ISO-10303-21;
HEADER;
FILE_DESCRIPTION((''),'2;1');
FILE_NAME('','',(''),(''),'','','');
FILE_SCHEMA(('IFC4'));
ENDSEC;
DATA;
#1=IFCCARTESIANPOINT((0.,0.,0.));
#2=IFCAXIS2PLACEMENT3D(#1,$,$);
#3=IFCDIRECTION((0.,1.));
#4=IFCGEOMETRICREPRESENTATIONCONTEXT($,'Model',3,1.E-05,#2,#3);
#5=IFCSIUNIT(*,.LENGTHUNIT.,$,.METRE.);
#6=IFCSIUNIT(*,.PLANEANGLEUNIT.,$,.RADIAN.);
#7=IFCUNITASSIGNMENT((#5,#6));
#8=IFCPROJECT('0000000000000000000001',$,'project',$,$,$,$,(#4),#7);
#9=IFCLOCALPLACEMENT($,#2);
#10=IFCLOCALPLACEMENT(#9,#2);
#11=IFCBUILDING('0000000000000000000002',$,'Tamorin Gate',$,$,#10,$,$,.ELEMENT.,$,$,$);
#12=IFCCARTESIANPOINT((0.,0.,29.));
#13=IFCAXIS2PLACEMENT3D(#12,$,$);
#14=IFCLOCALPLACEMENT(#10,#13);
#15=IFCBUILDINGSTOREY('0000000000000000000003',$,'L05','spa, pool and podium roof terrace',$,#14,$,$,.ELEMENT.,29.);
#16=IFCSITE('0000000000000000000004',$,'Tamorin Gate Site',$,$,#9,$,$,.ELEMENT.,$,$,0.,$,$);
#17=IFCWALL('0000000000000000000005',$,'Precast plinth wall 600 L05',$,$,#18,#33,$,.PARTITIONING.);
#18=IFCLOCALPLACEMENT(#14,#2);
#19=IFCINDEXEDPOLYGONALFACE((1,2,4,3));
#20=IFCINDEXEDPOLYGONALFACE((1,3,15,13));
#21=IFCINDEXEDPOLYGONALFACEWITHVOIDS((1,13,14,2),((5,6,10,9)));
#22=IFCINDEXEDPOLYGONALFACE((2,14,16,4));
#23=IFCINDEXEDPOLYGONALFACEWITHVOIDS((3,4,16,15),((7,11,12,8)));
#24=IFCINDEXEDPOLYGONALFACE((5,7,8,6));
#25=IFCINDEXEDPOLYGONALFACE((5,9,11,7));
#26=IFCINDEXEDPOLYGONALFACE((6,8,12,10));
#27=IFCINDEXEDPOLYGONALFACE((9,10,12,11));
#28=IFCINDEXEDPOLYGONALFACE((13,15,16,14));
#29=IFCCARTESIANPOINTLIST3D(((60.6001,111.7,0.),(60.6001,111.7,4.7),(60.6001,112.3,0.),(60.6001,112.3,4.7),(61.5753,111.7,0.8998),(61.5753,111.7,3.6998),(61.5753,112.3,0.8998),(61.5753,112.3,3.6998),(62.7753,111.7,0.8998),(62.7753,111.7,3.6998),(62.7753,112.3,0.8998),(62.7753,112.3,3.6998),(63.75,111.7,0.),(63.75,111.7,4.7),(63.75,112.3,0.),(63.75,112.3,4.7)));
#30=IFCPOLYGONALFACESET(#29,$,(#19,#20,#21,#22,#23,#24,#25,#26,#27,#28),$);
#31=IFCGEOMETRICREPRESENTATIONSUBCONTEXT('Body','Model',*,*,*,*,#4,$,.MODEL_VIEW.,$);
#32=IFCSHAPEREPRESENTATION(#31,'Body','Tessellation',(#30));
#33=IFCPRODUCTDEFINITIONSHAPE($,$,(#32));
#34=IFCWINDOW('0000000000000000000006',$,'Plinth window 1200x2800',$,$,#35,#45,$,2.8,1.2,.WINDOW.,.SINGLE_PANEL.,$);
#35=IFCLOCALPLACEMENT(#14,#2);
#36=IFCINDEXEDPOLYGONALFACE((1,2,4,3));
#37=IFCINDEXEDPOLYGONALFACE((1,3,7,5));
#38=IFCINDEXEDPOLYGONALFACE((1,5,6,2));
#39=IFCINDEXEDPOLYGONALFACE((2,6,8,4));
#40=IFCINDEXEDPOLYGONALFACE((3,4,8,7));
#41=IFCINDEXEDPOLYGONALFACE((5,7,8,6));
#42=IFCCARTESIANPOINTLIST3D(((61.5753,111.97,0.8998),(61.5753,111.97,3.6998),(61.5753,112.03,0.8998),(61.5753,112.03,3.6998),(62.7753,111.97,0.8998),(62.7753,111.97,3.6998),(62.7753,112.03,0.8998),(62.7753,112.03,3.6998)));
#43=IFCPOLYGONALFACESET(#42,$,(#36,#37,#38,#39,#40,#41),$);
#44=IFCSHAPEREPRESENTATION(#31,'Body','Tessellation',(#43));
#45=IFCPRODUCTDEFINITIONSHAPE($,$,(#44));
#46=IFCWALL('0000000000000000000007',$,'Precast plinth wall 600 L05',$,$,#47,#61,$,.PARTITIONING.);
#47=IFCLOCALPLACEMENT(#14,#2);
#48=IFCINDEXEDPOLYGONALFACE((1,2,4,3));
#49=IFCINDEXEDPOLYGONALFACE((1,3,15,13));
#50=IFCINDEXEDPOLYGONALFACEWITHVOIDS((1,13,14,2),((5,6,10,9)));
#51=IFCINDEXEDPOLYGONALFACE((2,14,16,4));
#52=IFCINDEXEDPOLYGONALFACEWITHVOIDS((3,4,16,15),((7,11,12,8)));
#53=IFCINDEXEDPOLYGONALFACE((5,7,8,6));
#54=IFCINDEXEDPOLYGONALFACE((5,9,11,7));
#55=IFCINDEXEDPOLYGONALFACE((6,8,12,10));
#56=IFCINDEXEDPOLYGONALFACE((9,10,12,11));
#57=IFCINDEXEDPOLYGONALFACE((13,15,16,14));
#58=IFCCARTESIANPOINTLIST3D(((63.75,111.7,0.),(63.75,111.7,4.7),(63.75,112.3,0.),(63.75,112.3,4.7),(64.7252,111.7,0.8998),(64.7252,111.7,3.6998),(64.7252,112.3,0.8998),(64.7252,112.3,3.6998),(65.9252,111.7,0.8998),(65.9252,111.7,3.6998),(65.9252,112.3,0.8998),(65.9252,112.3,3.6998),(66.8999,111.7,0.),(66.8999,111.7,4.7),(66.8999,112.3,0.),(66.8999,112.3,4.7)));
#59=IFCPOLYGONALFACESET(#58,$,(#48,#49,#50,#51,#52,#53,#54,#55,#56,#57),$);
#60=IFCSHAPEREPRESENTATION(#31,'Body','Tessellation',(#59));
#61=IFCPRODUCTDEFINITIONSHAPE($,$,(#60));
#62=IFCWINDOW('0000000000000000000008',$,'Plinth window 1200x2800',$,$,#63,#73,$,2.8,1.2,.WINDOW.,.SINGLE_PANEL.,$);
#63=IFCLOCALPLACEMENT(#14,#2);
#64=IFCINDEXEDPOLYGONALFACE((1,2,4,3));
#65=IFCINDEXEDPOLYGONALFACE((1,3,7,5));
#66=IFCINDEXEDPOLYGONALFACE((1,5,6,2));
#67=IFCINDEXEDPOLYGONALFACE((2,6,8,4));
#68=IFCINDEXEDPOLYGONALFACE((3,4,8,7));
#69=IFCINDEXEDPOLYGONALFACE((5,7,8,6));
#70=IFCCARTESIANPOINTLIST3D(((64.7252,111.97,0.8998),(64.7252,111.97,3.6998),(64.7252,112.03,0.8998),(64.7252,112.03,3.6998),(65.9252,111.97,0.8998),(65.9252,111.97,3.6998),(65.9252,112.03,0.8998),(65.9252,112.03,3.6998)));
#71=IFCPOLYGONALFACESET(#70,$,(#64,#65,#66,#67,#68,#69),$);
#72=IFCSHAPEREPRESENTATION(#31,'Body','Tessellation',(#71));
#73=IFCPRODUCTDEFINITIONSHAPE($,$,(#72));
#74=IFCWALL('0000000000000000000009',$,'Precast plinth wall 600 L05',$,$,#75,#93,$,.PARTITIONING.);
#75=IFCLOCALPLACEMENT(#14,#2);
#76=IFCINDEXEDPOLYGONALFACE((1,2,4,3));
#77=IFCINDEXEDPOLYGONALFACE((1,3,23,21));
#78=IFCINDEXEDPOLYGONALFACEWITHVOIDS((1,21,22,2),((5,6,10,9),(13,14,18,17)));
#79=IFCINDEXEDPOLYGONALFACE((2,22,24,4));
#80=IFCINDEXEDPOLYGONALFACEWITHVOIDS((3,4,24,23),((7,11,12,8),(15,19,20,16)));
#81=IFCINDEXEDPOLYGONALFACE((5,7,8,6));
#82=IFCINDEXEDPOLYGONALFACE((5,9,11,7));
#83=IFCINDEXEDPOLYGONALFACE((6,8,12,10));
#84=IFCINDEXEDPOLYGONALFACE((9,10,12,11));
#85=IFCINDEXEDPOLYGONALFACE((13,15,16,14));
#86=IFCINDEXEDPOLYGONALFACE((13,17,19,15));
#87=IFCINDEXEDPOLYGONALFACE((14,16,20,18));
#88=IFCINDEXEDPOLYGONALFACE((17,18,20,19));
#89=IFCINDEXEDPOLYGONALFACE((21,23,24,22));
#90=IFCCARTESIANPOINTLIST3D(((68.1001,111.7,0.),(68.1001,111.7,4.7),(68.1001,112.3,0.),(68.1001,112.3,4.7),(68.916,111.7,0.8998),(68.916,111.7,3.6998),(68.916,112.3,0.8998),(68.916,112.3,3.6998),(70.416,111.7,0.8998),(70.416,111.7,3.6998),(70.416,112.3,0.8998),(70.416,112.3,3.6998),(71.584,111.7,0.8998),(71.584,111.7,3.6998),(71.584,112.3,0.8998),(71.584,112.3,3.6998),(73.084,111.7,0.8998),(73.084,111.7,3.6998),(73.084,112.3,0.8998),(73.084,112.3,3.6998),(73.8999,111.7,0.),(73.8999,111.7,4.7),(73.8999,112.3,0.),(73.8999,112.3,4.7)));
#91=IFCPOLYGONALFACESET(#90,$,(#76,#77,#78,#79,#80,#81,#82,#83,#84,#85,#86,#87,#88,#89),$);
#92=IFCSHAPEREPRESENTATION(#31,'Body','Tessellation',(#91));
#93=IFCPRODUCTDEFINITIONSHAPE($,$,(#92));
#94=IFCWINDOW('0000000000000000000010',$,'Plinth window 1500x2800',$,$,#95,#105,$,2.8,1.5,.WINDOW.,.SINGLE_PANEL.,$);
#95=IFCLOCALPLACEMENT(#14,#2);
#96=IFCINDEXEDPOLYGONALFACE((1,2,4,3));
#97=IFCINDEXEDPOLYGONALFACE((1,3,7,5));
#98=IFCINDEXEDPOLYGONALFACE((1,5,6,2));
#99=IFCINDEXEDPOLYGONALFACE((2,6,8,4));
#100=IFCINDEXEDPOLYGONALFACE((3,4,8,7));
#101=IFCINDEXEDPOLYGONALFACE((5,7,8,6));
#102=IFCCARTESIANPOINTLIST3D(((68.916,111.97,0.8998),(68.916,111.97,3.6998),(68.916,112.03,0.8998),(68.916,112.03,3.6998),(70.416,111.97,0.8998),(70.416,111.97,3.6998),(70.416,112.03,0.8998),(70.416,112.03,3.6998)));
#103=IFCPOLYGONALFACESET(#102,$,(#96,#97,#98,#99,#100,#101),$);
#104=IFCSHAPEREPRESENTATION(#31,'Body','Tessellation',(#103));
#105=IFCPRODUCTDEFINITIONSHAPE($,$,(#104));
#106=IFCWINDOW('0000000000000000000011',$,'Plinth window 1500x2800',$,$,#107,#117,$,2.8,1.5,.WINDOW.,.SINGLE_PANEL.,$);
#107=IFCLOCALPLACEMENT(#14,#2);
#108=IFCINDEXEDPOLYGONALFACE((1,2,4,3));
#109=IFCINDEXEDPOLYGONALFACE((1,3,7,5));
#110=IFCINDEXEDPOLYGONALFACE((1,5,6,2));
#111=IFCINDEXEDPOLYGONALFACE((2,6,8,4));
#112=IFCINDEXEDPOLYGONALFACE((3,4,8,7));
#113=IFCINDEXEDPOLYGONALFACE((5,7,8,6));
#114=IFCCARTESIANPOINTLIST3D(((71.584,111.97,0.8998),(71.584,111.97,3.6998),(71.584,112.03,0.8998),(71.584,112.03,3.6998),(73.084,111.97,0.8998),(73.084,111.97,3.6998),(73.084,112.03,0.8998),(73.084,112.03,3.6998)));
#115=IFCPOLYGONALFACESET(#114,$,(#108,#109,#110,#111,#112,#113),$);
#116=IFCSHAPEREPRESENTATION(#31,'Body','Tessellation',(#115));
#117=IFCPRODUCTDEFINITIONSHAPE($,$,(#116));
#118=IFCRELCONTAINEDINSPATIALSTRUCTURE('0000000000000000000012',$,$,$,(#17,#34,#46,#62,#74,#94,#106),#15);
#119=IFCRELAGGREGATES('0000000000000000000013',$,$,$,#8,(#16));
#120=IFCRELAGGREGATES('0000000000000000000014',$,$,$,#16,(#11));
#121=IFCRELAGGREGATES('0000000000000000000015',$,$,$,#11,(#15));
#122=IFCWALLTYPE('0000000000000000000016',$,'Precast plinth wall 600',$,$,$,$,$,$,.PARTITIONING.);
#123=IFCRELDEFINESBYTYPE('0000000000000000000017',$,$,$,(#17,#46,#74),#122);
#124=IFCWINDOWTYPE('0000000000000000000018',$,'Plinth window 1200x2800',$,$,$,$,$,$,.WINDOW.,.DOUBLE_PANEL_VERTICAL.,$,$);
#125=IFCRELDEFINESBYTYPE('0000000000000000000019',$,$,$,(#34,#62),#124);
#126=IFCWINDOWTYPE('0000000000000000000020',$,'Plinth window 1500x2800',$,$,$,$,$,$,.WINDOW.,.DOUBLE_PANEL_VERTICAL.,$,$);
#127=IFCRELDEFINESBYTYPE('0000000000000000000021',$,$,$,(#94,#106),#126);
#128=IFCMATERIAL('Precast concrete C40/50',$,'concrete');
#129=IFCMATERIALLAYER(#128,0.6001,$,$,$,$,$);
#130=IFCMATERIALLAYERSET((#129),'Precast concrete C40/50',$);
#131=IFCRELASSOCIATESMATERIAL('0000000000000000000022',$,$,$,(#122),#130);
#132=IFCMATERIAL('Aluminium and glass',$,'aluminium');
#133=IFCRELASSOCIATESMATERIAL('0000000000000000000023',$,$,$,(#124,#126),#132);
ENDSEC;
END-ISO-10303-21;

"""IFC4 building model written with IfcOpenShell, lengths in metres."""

from ifc_helpers import new_model, si_unit, direction, frame, frame_2d, origin, place, context, subcontext, project, spatial, rectangle, extrude, material, layer, layer_set, type_object, element, fill, save


model = new_model("IFC4")

# Units and contexts
model_context = context("Model", 3, precision=1e-05, world=origin(), true_north=direction((0.0, 1.0)))
body_context = subcontext(model_context, "Body", "Model", "MODEL_VIEW")
ifc_project = project(units=[si_unit("LENGTHUNIT", "METRE"), si_unit("PLANEANGLEUNIT", "RADIAN")], contexts=[model_context])

# Site, building, storey
site_placement = place(None, origin())
site = spatial("IfcSite", under=ifc_project, at=site_placement, Name="Tamorin Gate Site", CompositionType="ELEMENT", RefElevation=0.0)
building_placement = place(site_placement, origin())
building = spatial("IfcBuilding", under=site, at=building_placement, Name="Tamorin Gate", CompositionType="ELEMENT")
storey_placement = place(building_placement, frame((0.0, 0.0, 29.0)))
storey = spatial("IfcBuildingStorey", under=building, at=storey_placement, Name="L05", Description="spa, pool and podium roof terrace", CompositionType="ELEMENT", Elevation=29.0)

# Walls, openings, windows
ifc_material_1 = material(Name="Precast concrete C40/50", Category="concrete")
ifc_layer_1 = layer(ifc_material_1, 0.6001)
ifc_layer_set_1 = layer_set([ifc_layer_1], Name="Precast concrete C40/50")
wall_type_1 = type_object("IfcWallType", Name="Precast plinth wall 600", PredefinedType="PARTITIONING", material=ifc_layer_set_1)
wall_1_placement = place(storey_placement, frame((60.6001, 112.0, 0.0), z_axis=(0.0, 0.0, 1.0), x_axis=(1.0, 0.0, 0.0)))
wall_1 = element("IfcWall", 1, at=wall_1_placement, inside=storey, type_object=wall_type_1, Name="Precast plinth wall 600 L05", PredefinedType="PARTITIONING", context=body_context, shape_type="SweptSolid", body=[
    extrude(rectangle(XDim=3.1499, YDim=0.6001, at=frame_2d((1.575, 0.0))), origin(), (0.0, 0.0, 1.0), 4.7),
])
opening_1_placement = place(wall_1_placement, frame((0.9751, 0.0, 0.8999)))
opening_1 = element("IfcOpeningElement", 2, at=opening_1_placement, cuts=wall_1, PredefinedType="OPENING", context=body_context, shape_type="SweptSolid", body=[
    extrude(rectangle(XDim=1.2, YDim=2.8, at=frame_2d((0.6001, 1.3999))), frame((0.0, 0.3101, 0.0), z_axis=(0.0, -1.0, 0.0), x_axis=(1.0, 0.0, 0.0)), (0.0, 0.0, 1.0), 0.6201),
])
ifc_material_2 = material(Name="Aluminium and glass", Category="aluminium")
window_type_1 = type_object("IfcWindowType", Name="Plinth window 1200x2800", PartitioningType="DOUBLE_PANEL_VERTICAL", PredefinedType="WINDOW", material=ifc_material_2)
window_1_placement = place(opening_1_placement, origin())
window_1 = element("IfcWindow", 3, at=window_1_placement, inside=storey, type_object=window_type_1, Name="Plinth window 1200x2800", OverallHeight=2.8, OverallWidth=1.2, PartitioningType="SINGLE_PANEL", PredefinedType="WINDOW", context=body_context, shape_type="SweptSolid", body=[
    extrude(rectangle(XDim=1.2, YDim=2.8, at=frame_2d((0.6001, 1.3999))), frame((0.0, 0.03, 0.0), z_axis=(0.0, -1.0, 0.0), x_axis=(1.0, 0.0, 0.0)), (0.0, 0.0, 1.0), 0.0601),
])
fill(opening_1, window_1)
wall_2_placement = place(storey_placement, frame((63.75, 112.0, 0.0), z_axis=(0.0, 0.0, 1.0), x_axis=(1.0, 0.0, 0.0)))
wall_2 = element("IfcWall", 4, at=wall_2_placement, inside=storey, type_object=wall_type_1, Name="Precast plinth wall 600 L05", PredefinedType="PARTITIONING", context=body_context, shape_type="SweptSolid", body=[
    extrude(rectangle(XDim=3.1499, YDim=0.6001, at=frame_2d((1.575, 0.0))), origin(), (0.0, 0.0, 1.0), 4.7),
])
opening_2_placement = place(wall_2_placement, frame((0.9751, 0.0, 0.8999)))
opening_2 = element("IfcOpeningElement", 5, at=opening_2_placement, cuts=wall_2, PredefinedType="OPENING", context=body_context, shape_type="SweptSolid", body=[
    extrude(rectangle(XDim=1.2, YDim=2.8, at=frame_2d((0.6001, 1.3999))), frame((0.0, 0.3101, 0.0), z_axis=(0.0, -1.0, 0.0), x_axis=(1.0, 0.0, 0.0)), (0.0, 0.0, 1.0), 0.6201),
])
window_2_placement = place(opening_2_placement, origin())
window_2 = element("IfcWindow", 6, at=window_2_placement, inside=storey, type_object=window_type_1, Name="Plinth window 1200x2800", OverallHeight=2.8, OverallWidth=1.2, PartitioningType="SINGLE_PANEL", PredefinedType="WINDOW", context=body_context, shape_type="SweptSolid", body=[
    extrude(rectangle(XDim=1.2, YDim=2.8, at=frame_2d((0.6001, 1.3999))), frame((0.0, 0.03, 0.0), z_axis=(0.0, -1.0, 0.0), x_axis=(1.0, 0.0, 0.0)), (0.0, 0.0, 1.0), 0.0601),
])
fill(opening_2, window_2)

# Wall, openings, windows
wall_3_placement = place(storey_placement, frame((68.1001, 112.0, 0.0), z_axis=(0.0, 0.0, 1.0), x_axis=(1.0, 0.0, 0.0)))
wall_3 = element("IfcWall", 7, at=wall_3_placement, inside=storey, type_object=wall_type_1, Name="Precast plinth wall 600 L05", PredefinedType="PARTITIONING", context=body_context, shape_type="SweptSolid", body=[
    extrude(rectangle(XDim=5.7998, YDim=0.6001, at=frame_2d((2.8999, 0.0))), origin(), (0.0, 0.0, 1.0), 4.7),
])
opening_3_placement = place(wall_3_placement, frame((0.8159, 0.0, 0.8999)))
opening_3 = element("IfcOpeningElement", 8, at=opening_3_placement, cuts=wall_3, PredefinedType="OPENING", context=body_context, shape_type="SweptSolid", body=[
    extrude(rectangle(XDim=1.5, YDim=2.8, at=frame_2d((0.75, 1.3999))), frame((0.0, 0.3101, 0.0), z_axis=(0.0, -1.0, 0.0), x_axis=(1.0, 0.0, 0.0)), (0.0, 0.0, 1.0), 0.6201),
])
opening_4_placement = place(wall_3_placement, frame((3.4839, 0.0, 0.8999)))
opening_4 = element("IfcOpeningElement", 9, at=opening_4_placement, cuts=wall_3, PredefinedType="OPENING", context=body_context, shape_type="SweptSolid", body=[
    extrude(rectangle(XDim=1.5, YDim=2.8, at=frame_2d((0.75, 1.3999))), frame((0.0, 0.3101, 0.0), z_axis=(0.0, -1.0, 0.0), x_axis=(1.0, 0.0, 0.0)), (0.0, 0.0, 1.0), 0.6201),
])
window_type_2 = type_object("IfcWindowType", Name="Plinth window 1500x2800", PartitioningType="DOUBLE_PANEL_VERTICAL", PredefinedType="WINDOW", material=ifc_material_2)
window_3_placement = place(opening_3_placement, origin())
window_3 = element("IfcWindow", 10, at=window_3_placement, inside=storey, type_object=window_type_2, Name="Plinth window 1500x2800", OverallHeight=2.8, OverallWidth=1.5, PartitioningType="SINGLE_PANEL", PredefinedType="WINDOW", context=body_context, shape_type="SweptSolid", body=[
    extrude(rectangle(XDim=1.5, YDim=2.8, at=frame_2d((0.75, 1.3999))), frame((0.0, 0.03, 0.0), z_axis=(0.0, -1.0, 0.0), x_axis=(1.0, 0.0, 0.0)), (0.0, 0.0, 1.0), 0.0601),
])
fill(opening_3, window_3)
window_4_placement = place(opening_4_placement, origin())
window_4 = element("IfcWindow", 11, at=window_4_placement, inside=storey, type_object=window_type_2, Name="Plinth window 1500x2800", OverallHeight=2.8, OverallWidth=1.5, PartitioningType="SINGLE_PANEL", PredefinedType="WINDOW", context=body_context, shape_type="SweptSolid", body=[
    extrude(rectangle(XDim=1.5, YDim=2.8, at=frame_2d((0.75, 1.3999))), frame((0.0, 0.03, 0.0), z_axis=(0.0, -1.0, 0.0), x_axis=(1.0, 0.0, 0.0)), (0.0, 0.0, 1.0), 0.0601),
])
fill(opening_4, window_4)

save(model, "model.ifc")
